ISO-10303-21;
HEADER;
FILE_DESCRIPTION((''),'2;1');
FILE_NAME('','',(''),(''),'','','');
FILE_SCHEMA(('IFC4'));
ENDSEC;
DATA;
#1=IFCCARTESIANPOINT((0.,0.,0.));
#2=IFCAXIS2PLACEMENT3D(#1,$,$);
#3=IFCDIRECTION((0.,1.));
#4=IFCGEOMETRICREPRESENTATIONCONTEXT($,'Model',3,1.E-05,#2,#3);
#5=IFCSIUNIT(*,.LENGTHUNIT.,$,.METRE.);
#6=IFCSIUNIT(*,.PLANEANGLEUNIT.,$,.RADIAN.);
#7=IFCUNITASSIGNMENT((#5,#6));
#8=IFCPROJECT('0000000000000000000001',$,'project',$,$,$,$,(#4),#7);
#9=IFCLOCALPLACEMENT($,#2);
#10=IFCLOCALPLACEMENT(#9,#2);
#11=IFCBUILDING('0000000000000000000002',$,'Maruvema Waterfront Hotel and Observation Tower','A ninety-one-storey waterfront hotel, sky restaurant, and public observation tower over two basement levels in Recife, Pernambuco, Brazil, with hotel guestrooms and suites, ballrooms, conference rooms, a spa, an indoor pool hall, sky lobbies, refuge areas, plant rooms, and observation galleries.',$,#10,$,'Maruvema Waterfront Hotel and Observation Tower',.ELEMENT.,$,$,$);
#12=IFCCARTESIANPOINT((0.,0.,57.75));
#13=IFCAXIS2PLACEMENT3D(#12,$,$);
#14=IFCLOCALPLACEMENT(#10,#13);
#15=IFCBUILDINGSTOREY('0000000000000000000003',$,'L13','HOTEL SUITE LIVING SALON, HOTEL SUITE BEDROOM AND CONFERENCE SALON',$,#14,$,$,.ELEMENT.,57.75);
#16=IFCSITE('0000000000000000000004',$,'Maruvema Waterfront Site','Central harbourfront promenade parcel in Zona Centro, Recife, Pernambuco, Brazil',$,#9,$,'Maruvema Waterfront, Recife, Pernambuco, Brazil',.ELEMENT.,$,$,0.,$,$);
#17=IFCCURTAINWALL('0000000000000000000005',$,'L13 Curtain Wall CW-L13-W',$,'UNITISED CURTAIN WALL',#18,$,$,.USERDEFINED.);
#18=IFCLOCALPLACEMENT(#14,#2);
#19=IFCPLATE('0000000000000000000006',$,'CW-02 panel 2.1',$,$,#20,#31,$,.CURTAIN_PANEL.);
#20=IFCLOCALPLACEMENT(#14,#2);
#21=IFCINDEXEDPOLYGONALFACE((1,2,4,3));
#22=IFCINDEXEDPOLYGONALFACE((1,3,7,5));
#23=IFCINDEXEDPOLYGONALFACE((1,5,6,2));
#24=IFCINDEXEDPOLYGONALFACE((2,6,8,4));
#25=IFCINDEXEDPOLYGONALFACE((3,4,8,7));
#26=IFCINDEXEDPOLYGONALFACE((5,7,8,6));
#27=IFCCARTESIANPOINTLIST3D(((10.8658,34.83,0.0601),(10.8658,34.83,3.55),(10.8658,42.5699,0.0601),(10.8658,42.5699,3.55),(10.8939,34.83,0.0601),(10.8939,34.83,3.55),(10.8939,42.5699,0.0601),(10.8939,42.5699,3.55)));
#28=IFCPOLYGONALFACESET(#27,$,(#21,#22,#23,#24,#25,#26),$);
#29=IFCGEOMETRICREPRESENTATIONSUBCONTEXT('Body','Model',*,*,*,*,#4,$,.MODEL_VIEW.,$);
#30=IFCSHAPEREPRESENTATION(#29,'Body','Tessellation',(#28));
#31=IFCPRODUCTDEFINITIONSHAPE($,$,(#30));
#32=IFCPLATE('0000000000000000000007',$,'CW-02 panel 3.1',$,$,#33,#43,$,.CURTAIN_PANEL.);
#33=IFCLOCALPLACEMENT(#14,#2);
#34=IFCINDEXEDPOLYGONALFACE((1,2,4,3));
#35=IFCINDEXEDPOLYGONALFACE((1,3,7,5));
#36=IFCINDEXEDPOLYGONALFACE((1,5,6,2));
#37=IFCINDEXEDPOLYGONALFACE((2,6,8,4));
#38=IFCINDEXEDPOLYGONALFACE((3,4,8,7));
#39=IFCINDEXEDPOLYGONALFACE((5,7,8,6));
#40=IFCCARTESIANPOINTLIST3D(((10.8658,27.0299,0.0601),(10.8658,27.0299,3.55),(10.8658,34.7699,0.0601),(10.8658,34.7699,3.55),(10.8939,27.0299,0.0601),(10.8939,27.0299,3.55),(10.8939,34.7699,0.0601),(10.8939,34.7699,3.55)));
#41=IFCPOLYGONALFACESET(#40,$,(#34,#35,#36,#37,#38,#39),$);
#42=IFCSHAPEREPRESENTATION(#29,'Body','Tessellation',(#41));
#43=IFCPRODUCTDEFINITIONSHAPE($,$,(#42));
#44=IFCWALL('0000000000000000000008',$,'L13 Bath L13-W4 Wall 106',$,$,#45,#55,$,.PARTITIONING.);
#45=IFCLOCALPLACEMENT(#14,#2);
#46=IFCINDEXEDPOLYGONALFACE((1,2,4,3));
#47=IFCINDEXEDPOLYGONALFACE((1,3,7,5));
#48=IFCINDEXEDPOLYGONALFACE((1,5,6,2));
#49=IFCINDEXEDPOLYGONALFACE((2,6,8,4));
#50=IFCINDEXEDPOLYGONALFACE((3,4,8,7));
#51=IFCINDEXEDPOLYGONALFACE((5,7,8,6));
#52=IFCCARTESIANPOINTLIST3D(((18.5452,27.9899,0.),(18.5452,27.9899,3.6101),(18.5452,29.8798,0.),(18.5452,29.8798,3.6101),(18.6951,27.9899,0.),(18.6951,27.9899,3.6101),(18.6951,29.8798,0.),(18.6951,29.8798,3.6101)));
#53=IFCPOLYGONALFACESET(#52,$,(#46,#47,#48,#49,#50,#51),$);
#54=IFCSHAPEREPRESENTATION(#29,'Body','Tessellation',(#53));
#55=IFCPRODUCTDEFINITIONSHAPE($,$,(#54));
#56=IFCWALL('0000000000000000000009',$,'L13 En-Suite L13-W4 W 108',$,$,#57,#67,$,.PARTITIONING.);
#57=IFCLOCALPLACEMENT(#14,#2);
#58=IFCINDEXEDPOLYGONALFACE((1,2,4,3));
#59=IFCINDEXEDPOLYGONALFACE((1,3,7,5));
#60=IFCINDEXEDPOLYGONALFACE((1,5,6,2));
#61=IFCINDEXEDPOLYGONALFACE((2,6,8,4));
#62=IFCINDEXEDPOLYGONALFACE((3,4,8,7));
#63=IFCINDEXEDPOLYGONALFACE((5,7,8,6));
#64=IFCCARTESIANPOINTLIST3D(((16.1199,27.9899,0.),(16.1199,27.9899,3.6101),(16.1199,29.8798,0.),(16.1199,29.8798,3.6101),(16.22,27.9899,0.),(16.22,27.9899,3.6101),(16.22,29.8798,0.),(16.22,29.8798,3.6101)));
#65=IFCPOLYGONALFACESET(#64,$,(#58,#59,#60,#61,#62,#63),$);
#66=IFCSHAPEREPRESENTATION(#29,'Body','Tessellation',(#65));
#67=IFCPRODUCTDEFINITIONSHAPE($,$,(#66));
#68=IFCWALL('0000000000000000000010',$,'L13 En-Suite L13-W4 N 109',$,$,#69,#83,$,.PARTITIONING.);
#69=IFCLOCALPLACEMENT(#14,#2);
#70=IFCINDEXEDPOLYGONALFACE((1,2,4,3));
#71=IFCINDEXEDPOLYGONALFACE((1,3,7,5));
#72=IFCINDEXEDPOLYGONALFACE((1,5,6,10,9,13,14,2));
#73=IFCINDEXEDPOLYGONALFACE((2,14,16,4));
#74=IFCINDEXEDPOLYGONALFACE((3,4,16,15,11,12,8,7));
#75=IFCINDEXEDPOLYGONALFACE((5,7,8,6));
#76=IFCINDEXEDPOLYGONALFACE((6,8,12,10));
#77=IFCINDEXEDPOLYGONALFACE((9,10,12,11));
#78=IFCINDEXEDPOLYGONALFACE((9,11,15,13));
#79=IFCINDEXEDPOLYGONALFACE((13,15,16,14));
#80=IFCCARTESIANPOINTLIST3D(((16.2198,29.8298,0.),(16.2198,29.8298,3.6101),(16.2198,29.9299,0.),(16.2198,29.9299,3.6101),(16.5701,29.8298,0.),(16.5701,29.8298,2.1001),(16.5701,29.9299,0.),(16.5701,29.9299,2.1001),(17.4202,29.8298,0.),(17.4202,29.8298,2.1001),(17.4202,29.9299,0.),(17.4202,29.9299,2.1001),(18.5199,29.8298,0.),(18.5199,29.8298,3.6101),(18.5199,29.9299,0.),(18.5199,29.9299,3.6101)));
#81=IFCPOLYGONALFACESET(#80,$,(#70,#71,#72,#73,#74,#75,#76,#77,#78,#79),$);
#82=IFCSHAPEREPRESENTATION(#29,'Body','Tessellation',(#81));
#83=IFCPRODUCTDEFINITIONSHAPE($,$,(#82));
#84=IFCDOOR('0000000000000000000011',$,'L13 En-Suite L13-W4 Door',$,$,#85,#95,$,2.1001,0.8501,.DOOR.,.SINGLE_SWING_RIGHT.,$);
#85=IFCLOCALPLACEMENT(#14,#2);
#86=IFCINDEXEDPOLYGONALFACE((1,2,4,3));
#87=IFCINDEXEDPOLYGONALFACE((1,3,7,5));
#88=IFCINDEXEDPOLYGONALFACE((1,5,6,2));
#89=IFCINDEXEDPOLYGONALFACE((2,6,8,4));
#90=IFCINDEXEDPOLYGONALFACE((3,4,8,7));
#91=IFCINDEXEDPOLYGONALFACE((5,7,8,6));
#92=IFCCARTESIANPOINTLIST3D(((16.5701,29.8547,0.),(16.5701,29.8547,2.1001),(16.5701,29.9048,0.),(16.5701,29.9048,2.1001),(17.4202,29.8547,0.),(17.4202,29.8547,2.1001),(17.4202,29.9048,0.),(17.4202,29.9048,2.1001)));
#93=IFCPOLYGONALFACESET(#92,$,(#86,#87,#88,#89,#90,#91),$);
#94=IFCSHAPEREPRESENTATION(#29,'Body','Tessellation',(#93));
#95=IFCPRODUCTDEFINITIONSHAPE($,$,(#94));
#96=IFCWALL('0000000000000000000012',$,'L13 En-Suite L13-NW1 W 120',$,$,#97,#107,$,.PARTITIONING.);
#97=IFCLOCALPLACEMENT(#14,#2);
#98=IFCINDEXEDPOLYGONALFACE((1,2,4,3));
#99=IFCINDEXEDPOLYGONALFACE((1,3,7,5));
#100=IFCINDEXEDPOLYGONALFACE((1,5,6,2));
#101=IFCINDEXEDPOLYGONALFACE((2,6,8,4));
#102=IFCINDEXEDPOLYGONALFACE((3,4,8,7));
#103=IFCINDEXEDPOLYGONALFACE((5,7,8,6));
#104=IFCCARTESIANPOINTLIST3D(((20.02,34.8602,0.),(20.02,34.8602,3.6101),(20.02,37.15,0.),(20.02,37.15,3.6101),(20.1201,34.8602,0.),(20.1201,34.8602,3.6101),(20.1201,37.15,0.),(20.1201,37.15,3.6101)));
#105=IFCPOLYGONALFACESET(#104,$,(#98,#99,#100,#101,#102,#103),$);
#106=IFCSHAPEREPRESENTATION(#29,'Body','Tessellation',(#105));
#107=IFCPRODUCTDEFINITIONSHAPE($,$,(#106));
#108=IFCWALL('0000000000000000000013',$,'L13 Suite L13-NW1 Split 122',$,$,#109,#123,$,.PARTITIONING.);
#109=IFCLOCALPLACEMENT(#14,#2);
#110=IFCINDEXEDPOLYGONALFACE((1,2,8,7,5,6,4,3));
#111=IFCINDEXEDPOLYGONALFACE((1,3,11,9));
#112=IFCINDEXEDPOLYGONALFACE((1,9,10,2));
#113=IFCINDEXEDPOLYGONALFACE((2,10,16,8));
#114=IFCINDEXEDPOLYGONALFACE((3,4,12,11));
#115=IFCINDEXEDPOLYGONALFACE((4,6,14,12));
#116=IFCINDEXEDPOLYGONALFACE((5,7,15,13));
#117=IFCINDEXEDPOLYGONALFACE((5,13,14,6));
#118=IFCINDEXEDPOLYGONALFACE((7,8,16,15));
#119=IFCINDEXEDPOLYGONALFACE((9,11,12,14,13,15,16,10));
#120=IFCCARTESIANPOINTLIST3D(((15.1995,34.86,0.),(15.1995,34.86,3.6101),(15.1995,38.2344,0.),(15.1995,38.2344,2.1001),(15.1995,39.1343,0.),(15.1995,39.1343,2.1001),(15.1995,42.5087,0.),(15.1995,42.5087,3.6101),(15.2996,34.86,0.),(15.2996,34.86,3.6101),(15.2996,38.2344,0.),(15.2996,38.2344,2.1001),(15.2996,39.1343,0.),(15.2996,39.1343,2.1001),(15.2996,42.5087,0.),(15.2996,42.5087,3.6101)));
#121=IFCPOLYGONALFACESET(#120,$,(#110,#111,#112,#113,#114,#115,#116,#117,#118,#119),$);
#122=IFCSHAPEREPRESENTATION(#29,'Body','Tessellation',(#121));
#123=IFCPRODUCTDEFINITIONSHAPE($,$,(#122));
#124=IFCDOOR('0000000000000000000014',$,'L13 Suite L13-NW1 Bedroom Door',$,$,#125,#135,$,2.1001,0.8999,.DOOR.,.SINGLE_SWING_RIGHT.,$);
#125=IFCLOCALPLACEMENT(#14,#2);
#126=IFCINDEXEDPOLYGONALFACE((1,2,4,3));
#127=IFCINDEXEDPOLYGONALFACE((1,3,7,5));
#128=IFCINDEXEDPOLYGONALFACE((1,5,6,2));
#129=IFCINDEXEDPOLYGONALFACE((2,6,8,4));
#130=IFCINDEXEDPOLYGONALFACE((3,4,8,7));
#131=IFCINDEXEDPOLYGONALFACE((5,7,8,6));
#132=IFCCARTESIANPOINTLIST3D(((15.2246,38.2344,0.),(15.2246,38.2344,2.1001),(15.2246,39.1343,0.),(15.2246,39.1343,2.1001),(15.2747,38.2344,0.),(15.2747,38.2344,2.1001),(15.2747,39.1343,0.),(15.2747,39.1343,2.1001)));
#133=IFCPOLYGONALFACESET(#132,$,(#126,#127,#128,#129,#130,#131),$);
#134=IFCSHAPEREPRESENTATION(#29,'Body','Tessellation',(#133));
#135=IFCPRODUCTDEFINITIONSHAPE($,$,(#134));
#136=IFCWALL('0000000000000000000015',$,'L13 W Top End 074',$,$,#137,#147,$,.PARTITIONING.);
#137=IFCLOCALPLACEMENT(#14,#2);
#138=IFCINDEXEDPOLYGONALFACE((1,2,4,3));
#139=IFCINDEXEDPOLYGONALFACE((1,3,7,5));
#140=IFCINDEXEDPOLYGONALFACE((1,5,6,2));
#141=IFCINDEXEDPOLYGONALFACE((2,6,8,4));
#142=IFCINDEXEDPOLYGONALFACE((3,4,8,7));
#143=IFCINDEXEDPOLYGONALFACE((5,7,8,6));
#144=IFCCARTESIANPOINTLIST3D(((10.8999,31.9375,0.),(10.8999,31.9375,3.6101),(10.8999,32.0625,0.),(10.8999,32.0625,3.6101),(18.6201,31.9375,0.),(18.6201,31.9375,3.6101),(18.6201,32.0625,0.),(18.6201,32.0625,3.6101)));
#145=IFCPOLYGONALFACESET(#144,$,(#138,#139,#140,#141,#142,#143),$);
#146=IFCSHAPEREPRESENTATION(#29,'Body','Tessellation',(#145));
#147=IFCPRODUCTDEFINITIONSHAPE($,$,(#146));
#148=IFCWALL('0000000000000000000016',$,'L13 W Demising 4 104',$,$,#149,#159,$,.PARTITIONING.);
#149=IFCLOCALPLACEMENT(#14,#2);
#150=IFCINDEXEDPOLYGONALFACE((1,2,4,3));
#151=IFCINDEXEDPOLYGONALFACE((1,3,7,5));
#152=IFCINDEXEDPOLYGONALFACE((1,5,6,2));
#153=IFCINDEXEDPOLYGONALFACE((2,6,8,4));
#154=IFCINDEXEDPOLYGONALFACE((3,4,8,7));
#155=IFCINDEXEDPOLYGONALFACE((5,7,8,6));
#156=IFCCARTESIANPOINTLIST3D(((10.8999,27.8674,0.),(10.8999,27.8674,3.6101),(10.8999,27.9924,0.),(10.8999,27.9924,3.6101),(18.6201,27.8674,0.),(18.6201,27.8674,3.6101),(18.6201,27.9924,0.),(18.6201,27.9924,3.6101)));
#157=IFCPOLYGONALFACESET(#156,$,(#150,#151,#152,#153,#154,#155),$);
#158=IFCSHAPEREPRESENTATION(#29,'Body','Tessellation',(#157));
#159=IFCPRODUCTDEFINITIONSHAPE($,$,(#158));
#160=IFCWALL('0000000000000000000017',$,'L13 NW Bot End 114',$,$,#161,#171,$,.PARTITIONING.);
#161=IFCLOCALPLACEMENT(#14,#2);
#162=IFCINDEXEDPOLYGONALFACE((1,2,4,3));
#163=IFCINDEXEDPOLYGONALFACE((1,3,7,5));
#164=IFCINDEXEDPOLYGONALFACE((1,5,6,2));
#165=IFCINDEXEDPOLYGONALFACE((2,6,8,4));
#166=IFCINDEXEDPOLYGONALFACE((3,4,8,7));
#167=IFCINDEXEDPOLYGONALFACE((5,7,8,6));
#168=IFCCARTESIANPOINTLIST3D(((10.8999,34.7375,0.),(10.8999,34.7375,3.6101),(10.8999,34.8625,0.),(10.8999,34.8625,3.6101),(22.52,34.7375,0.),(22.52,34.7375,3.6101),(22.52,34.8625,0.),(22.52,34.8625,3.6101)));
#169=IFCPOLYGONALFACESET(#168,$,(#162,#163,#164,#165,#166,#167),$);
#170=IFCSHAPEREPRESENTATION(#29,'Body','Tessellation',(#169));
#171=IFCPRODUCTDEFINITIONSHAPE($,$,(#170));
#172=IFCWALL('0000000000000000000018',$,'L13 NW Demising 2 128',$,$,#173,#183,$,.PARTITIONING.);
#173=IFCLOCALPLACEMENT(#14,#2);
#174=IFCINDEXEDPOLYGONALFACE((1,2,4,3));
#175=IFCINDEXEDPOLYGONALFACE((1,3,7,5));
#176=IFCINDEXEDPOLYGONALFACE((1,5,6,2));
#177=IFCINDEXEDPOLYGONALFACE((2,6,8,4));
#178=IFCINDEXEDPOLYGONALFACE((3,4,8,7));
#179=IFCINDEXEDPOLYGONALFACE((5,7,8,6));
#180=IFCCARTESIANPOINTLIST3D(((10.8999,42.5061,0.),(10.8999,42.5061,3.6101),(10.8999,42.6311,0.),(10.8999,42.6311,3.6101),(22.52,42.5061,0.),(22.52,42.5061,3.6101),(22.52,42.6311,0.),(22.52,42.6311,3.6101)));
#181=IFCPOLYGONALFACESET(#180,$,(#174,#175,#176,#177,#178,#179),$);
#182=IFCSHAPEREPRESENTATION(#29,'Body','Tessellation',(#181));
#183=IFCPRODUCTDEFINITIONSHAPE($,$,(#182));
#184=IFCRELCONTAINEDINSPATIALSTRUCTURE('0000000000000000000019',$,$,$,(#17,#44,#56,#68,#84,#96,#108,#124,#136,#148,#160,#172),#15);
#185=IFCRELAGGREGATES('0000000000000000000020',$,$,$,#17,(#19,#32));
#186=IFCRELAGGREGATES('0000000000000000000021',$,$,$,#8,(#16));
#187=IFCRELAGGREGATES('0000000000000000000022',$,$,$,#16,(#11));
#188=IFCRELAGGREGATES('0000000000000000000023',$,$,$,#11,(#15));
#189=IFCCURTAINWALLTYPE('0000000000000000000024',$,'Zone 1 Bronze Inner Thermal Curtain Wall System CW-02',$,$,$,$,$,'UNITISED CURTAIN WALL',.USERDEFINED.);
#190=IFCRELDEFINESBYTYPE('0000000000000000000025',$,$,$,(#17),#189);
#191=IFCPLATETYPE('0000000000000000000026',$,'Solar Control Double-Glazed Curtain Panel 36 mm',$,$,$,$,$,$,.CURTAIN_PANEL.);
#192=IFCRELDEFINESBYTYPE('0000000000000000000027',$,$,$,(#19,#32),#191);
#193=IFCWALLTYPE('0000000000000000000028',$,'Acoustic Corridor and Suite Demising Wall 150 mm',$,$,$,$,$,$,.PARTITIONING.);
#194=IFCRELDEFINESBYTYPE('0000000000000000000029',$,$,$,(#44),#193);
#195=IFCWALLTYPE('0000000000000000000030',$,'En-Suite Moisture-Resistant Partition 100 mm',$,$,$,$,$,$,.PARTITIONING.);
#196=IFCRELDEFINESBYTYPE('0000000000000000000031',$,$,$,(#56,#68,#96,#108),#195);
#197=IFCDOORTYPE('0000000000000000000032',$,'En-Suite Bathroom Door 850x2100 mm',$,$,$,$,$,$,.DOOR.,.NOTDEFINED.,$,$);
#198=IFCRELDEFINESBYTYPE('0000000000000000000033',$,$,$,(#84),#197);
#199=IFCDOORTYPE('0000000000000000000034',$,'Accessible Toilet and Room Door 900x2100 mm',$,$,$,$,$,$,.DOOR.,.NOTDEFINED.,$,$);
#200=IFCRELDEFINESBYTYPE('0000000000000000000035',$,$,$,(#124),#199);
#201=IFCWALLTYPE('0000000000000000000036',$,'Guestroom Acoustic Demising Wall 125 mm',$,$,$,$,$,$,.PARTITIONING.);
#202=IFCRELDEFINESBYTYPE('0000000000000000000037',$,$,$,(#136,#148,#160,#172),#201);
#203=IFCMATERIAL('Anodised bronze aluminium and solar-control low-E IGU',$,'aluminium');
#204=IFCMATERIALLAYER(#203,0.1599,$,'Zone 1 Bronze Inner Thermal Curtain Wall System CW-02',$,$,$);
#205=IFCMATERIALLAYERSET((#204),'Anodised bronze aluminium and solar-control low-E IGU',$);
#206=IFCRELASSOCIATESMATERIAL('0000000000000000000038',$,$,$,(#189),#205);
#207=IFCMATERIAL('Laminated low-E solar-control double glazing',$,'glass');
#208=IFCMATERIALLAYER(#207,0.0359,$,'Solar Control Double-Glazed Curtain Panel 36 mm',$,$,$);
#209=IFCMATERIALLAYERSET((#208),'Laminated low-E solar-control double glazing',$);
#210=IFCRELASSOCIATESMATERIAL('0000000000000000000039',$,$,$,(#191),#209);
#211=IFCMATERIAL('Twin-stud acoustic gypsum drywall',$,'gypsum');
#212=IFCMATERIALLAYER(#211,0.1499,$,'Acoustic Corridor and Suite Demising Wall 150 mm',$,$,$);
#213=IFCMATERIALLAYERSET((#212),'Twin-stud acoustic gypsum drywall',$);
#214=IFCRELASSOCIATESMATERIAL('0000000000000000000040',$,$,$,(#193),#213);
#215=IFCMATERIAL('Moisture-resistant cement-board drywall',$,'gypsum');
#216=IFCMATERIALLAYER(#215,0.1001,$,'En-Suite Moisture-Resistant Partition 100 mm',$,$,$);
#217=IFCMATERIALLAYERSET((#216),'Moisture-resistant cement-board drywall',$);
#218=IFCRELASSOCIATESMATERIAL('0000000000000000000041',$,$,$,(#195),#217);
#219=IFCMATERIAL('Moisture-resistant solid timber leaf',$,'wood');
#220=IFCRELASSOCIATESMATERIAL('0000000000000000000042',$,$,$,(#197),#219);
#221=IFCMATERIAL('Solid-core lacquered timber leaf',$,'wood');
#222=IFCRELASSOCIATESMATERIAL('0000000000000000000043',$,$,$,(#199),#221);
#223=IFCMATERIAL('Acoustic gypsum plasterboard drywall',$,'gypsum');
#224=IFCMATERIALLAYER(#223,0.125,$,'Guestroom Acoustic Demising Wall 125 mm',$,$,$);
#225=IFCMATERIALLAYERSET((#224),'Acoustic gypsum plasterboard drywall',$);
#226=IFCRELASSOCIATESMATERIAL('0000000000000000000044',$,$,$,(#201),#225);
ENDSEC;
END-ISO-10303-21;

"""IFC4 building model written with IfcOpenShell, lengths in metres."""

from ifc_helpers import new_model, si_unit, direction, frame, frame_2d, origin, origin_2d, place, context, subcontext, project, spatial, rectangle, extrude, material, layer, layer_set, type_object, element, fill, aggregate, save


model = new_model("IFC4")

# Units and contexts
model_context = context("Model", 3, precision=1e-05, world=origin(), true_north=direction((0.0, 1.0)))
body_context = subcontext(model_context, "Body", "Model", "MODEL_VIEW")
ifc_project = project(units=[si_unit("LENGTHUNIT", "METRE"), si_unit("PLANEANGLEUNIT", "RADIAN")], contexts=[model_context])

# Site, building, storey
site_placement = place(None, origin())
site = spatial("IfcSite", under=ifc_project, at=site_placement, Name="Maruvema Waterfront Site", Description="Central harbourfront promenade parcel in Zona Centro, Recife, Pernambuco, Brazil", LongName="Maruvema Waterfront, Recife, Pernambuco, Brazil", CompositionType="ELEMENT", RefElevation=0.0)
building_placement = place(site_placement, origin())
building = spatial("IfcBuilding", under=site, at=building_placement, Name="Maruvema Waterfront Hotel and Observation Tower", Description="A ninety-one-storey waterfront hotel, sky restaurant, and public observation tower over two basement levels in Recife, Pernambuco, Brazil, with hotel guestrooms and suites, ballrooms, conference rooms, a spa, an indoor pool hall, sky lobbies, refuge areas, plant rooms, and observation galleries.", LongName="Maruvema Waterfront Hotel and Observation Tower", CompositionType="ELEMENT")
storey_placement = place(building_placement, frame((0.0, 0.0, 57.75)))
storey = spatial("IfcBuildingStorey", under=building, at=storey_placement, Name="L13", Description="HOTEL SUITE LIVING SALON, HOTEL SUITE BEDROOM AND CONFERENCE SALON", CompositionType="ELEMENT", Elevation=57.75)

# Curtain wall
ifc_material_1 = material(Name="Anodised bronze aluminium and solar-control low-E IGU", Category="aluminium")
ifc_layer_1 = layer(ifc_material_1, 0.1599, Name="Zone 1 Bronze Inner Thermal Curtain Wall System CW-02")
ifc_layer_set_1 = layer_set([ifc_layer_1], Name="Anodised bronze aluminium and solar-control low-E IGU")
curtain_wall_type = type_object("IfcCurtainWallType", Name="Zone 1 Bronze Inner Thermal Curtain Wall System CW-02", ElementType="UNITISED CURTAIN WALL", PredefinedType="USERDEFINED", material=ifc_layer_set_1)
curtain_wall_placement = place(storey_placement, origin())
curtain_wall = element("IfcCurtainWall", 1, at=curtain_wall_placement, inside=storey, type_object=curtain_wall_type, Name="L13 Curtain Wall CW-L13-W", ObjectType="UNITISED CURTAIN WALL", PredefinedType="USERDEFINED")

# Plates
ifc_material_2 = material(Name="Laminated low-E solar-control double glazing", Category="glass")
ifc_layer_2 = layer(ifc_material_2, 0.0359, Name="Solar Control Double-Glazed Curtain Panel 36 mm")
ifc_layer_set_2 = layer_set([ifc_layer_2], Name="Laminated low-E solar-control double glazing")
plate_type = type_object("IfcPlateType", Name="Solar Control Double-Glazed Curtain Panel 36 mm", PredefinedType="CURTAIN_PANEL", material=ifc_layer_set_2)
plate_1_placement = place(storey_placement, frame((10.8799, 38.7, 0.0601), z_axis=(0.0, 0.0, 1.0), x_axis=(0.0, -1.0, 0.0)))
plate_1 = element("IfcPlate", 2, at=plate_1_placement, type_object=plate_type, Name="CW-02 panel 2.1", PredefinedType="CURTAIN_PANEL", context=body_context, shape_type="SweptSolid", body=[
    extrude(rectangle(XDim=7.74, YDim=0.0281, at=origin_2d()), origin(), (0.0, 0.0, 1.0), 3.49),
])
plate_2_placement = place(storey_placement, frame((10.8799, 30.8999, 0.0601), z_axis=(0.0, 0.0, 1.0), x_axis=(0.0, -1.0, 0.0)))
plate_2 = element("IfcPlate", 3, at=plate_2_placement, type_object=plate_type, Name="CW-02 panel 3.1", PredefinedType="CURTAIN_PANEL", context=body_context, shape_type="SweptSolid", body=[
    extrude(rectangle(XDim=7.74, YDim=0.0281, at=origin_2d()), origin(), (0.0, 0.0, 1.0), 3.49),
])
aggregate(curtain_wall, [plate_1, plate_2])

# Wall
ifc_material_3 = material(Name="Twin-stud acoustic gypsum drywall", Category="gypsum")
ifc_layer_3 = layer(ifc_material_3, 0.1499, Name="Acoustic Corridor and Suite Demising Wall 150 mm")
ifc_layer_set_3 = layer_set([ifc_layer_3], Name="Twin-stud acoustic gypsum drywall")
wall_type_1 = type_object("IfcWallType", Name="Acoustic Corridor and Suite Demising Wall 150 mm", PredefinedType="PARTITIONING", material=ifc_layer_set_3)
wall_1_placement = place(storey_placement, frame((18.6201, 27.99, 0.0), z_axis=(0.0, 0.0, 1.0), x_axis=(0.0, 1.0, 0.0)))
element("IfcWall", 4, at=wall_1_placement, inside=storey, type_object=wall_type_1, Name="L13 Bath L13-W4 Wall 106", PredefinedType="PARTITIONING", context=body_context, shape_type="SweptSolid", body=[
    extrude(rectangle(XDim=1.8899, YDim=0.1499, at=frame_2d((0.9448, 0.0))), origin(), (0.0, 0.0, 1.0), 3.6101),
])

# Wall
ifc_material_4 = material(Name="Moisture-resistant cement-board drywall", Category="gypsum")
ifc_layer_4 = layer(ifc_material_4, 0.1001, Name="En-Suite Moisture-Resistant Partition 100 mm")
ifc_layer_set_4 = layer_set([ifc_layer_4], Name="Moisture-resistant cement-board drywall")
wall_type_2 = type_object("IfcWallType", Name="En-Suite Moisture-Resistant Partition 100 mm", PredefinedType="PARTITIONING", material=ifc_layer_set_4)
wall_2_placement = place(storey_placement, frame((16.1699, 27.99, 0.0), z_axis=(0.0, 0.0, 1.0), x_axis=(0.0, 1.0, 0.0)))
element("IfcWall", 5, at=wall_2_placement, inside=storey, type_object=wall_type_2, Name="L13 En-Suite L13-W4 W 108", PredefinedType="PARTITIONING", context=body_context, shape_type="SweptSolid", body=[
    extrude(rectangle(XDim=1.8899, YDim=0.1001, at=frame_2d((0.9448, 0.0))), origin(), (0.0, 0.0, 1.0), 3.6101),
])

# Wall, opening, door
wall_3_placement = place(storey_placement, frame((16.22, 29.8799, 0.0), z_axis=(0.0, 0.0, 1.0), x_axis=(1.0, 0.0, 0.0)))
wall_3 = element("IfcWall", 6, at=wall_3_placement, inside=storey, type_object=wall_type_2, Name="L13 En-Suite L13-W4 N 109", PredefinedType="PARTITIONING", context=body_context, shape_type="SweptSolid", body=[
    extrude(rectangle(XDim=2.3, YDim=0.1001, at=frame_2d((1.1499, 0.0))), origin(), (0.0, 0.0, 1.0), 3.6101),
])
opening_1_placement = place(wall_3_placement, frame((0.3501, 0.0, 0.0)))
opening_1 = element("IfcOpeningElement", 7, at=opening_1_placement, cuts=wall_3, PredefinedType="OPENING", context=body_context, shape_type="SweptSolid", body=[
    extrude(rectangle(XDim=0.8501, YDim=2.1001, at=frame_2d((0.425, 1.05))), frame((0.0, 0.0601, 0.0), z_axis=(0.0, -1.0, 0.0), x_axis=(1.0, 0.0, 0.0)), (0.0, 0.0, 1.0), 0.1201),
])
ifc_material_5 = material(Name="Moisture-resistant solid timber leaf", Category="wood")
door_type_1 = type_object("IfcDoorType", Name="En-Suite Bathroom Door 850x2100 mm", OperationType="NOTDEFINED", PredefinedType="DOOR", material=ifc_material_5)
door_1_placement = place(opening_1_placement, origin())
door_1 = element("IfcDoor", 8, at=door_1_placement, inside=storey, type_object=door_type_1, Name="L13 En-Suite L13-W4 Door", OperationType="SINGLE_SWING_RIGHT", OverallHeight=2.1001, OverallWidth=0.8501, PredefinedType="DOOR", context=body_context, shape_type="SweptSolid", body=[
    extrude(rectangle(XDim=0.8501, YDim=2.1001, at=frame_2d((0.425, 1.05))), frame((0.0, 0.0249, 0.0), z_axis=(0.0, -1.0, 0.0), x_axis=(1.0, 0.0, 0.0)), (0.0, 0.0, 1.0), 0.05),
])
fill(opening_1, door_1)

# Wall
wall_4_placement = place(storey_placement, frame((20.0701, 34.8601, 0.0), z_axis=(0.0, 0.0, 1.0), x_axis=(0.0, 1.0, 0.0)))
element("IfcWall", 9, at=wall_4_placement, inside=storey, type_object=wall_type_2, Name="L13 En-Suite L13-NW1 W 120", PredefinedType="PARTITIONING", context=body_context, shape_type="SweptSolid", body=[
    extrude(rectangle(XDim=2.2898, YDim=0.1001, at=frame_2d((1.145, 0.0))), origin(), (0.0, 0.0, 1.0), 3.6101),
])

# Wall, opening, door
wall_5_placement = place(storey_placement, frame((15.2495, 34.8601, 0.0), z_axis=(0.0, 0.0, 1.0), x_axis=(0.0, 1.0, 0.0)))
wall_5 = element("IfcWall", 10, at=wall_5_placement, inside=storey, type_object=wall_type_2, Name="L13 Suite L13-NW1 Split 122", PredefinedType="PARTITIONING", context=body_context, shape_type="SweptSolid", body=[
    extrude(rectangle(XDim=7.6487, YDim=0.1001, at=frame_2d((3.8242, 0.0))), origin(), (0.0, 0.0, 1.0), 3.6101),
])
opening_2_placement = place(wall_5_placement, frame((3.3743, 0.0, 0.0)))
opening_2 = element("IfcOpeningElement", 11, at=opening_2_placement, cuts=wall_5, PredefinedType="OPENING", context=body_context, shape_type="SweptSolid", body=[
    extrude(rectangle(XDim=0.8999, YDim=2.1001, at=frame_2d((0.45, 1.05))), frame((0.0, 0.0601, 0.0), z_axis=(0.0, -1.0, 0.0), x_axis=(1.0, 0.0, 0.0)), (0.0, 0.0, 1.0), 0.1201),
])
ifc_material_6 = material(Name="Solid-core lacquered timber leaf", Category="wood")
door_type_2 = type_object("IfcDoorType", Name="Accessible Toilet and Room Door 900x2100 mm", OperationType="NOTDEFINED", PredefinedType="DOOR", material=ifc_material_6)
door_2_placement = place(opening_2_placement, origin())
door_2 = element("IfcDoor", 12, at=door_2_placement, inside=storey, type_object=door_type_2, Name="L13 Suite L13-NW1 Bedroom Door", OperationType="SINGLE_SWING_RIGHT", OverallHeight=2.1001, OverallWidth=0.8999, PredefinedType="DOOR", context=body_context, shape_type="SweptSolid", body=[
    extrude(rectangle(XDim=0.8999, YDim=2.1001, at=frame_2d((0.45, 1.05))), frame((0.0, 0.0249, 0.0), z_axis=(0.0, -1.0, 0.0), x_axis=(1.0, 0.0, 0.0)), (0.0, 0.0, 1.0), 0.05),
])
fill(opening_2, door_2)

# Walls
ifc_material_7 = material(Name="Acoustic gypsum plasterboard drywall", Category="gypsum")
ifc_layer_5 = layer(ifc_material_7, 0.125, Name="Guestroom Acoustic Demising Wall 125 mm")
ifc_layer_set_5 = layer_set([ifc_layer_5], Name="Acoustic gypsum plasterboard drywall")
wall_type_3 = type_object("IfcWallType", Name="Guestroom Acoustic Demising Wall 125 mm", PredefinedType="PARTITIONING", material=ifc_layer_set_5)
for number, where, z_axis, x_axis, name in (
    (13, (10.8999, 32.0, 0.0), (0.0, 0.0, 1.0), (1.0, 0.0, 0.0), "L13 W Top End 074"),
    (14, (10.8999, 27.9299, 0.0), (0.0, 0.0, 1.0), (1.0, 0.0, 0.0), "L13 W Demising 4 104"),
):
    element("IfcWall", number, at=place(storey_placement, frame(where, z_axis=z_axis, x_axis=x_axis)), inside=storey, type_object=wall_type_3, Name=name, PredefinedType="PARTITIONING", context=body_context, shape_type="SweptSolid", body=[
        extrude(rectangle(XDim=7.7202, YDim=0.125, at=frame_2d((3.8601, 0.0))), origin(), (0.0, 0.0, 1.0), 3.6101),
    ])
for number, where, z_axis, x_axis, name in (
    (15, (10.8999, 34.8, 0.0), (0.0, 0.0, 1.0), (1.0, 0.0, 0.0), "L13 NW Bot End 114"),
    (16, (10.8999, 42.5686, 0.0), (0.0, 0.0, 1.0), (1.0, 0.0, 0.0), "L13 NW Demising 2 128"),
):
    element("IfcWall", number, at=place(storey_placement, frame(where, z_axis=z_axis, x_axis=x_axis)), inside=storey, type_object=wall_type_3, Name=name, PredefinedType="PARTITIONING", context=body_context, shape_type="SweptSolid", body=[
        extrude(rectangle(XDim=11.6201, YDim=0.125, at=frame_2d((5.8101, 0.0))), origin(), (0.0, 0.0, 1.0), 3.6101),
    ])

save(model, "model.ifc")
